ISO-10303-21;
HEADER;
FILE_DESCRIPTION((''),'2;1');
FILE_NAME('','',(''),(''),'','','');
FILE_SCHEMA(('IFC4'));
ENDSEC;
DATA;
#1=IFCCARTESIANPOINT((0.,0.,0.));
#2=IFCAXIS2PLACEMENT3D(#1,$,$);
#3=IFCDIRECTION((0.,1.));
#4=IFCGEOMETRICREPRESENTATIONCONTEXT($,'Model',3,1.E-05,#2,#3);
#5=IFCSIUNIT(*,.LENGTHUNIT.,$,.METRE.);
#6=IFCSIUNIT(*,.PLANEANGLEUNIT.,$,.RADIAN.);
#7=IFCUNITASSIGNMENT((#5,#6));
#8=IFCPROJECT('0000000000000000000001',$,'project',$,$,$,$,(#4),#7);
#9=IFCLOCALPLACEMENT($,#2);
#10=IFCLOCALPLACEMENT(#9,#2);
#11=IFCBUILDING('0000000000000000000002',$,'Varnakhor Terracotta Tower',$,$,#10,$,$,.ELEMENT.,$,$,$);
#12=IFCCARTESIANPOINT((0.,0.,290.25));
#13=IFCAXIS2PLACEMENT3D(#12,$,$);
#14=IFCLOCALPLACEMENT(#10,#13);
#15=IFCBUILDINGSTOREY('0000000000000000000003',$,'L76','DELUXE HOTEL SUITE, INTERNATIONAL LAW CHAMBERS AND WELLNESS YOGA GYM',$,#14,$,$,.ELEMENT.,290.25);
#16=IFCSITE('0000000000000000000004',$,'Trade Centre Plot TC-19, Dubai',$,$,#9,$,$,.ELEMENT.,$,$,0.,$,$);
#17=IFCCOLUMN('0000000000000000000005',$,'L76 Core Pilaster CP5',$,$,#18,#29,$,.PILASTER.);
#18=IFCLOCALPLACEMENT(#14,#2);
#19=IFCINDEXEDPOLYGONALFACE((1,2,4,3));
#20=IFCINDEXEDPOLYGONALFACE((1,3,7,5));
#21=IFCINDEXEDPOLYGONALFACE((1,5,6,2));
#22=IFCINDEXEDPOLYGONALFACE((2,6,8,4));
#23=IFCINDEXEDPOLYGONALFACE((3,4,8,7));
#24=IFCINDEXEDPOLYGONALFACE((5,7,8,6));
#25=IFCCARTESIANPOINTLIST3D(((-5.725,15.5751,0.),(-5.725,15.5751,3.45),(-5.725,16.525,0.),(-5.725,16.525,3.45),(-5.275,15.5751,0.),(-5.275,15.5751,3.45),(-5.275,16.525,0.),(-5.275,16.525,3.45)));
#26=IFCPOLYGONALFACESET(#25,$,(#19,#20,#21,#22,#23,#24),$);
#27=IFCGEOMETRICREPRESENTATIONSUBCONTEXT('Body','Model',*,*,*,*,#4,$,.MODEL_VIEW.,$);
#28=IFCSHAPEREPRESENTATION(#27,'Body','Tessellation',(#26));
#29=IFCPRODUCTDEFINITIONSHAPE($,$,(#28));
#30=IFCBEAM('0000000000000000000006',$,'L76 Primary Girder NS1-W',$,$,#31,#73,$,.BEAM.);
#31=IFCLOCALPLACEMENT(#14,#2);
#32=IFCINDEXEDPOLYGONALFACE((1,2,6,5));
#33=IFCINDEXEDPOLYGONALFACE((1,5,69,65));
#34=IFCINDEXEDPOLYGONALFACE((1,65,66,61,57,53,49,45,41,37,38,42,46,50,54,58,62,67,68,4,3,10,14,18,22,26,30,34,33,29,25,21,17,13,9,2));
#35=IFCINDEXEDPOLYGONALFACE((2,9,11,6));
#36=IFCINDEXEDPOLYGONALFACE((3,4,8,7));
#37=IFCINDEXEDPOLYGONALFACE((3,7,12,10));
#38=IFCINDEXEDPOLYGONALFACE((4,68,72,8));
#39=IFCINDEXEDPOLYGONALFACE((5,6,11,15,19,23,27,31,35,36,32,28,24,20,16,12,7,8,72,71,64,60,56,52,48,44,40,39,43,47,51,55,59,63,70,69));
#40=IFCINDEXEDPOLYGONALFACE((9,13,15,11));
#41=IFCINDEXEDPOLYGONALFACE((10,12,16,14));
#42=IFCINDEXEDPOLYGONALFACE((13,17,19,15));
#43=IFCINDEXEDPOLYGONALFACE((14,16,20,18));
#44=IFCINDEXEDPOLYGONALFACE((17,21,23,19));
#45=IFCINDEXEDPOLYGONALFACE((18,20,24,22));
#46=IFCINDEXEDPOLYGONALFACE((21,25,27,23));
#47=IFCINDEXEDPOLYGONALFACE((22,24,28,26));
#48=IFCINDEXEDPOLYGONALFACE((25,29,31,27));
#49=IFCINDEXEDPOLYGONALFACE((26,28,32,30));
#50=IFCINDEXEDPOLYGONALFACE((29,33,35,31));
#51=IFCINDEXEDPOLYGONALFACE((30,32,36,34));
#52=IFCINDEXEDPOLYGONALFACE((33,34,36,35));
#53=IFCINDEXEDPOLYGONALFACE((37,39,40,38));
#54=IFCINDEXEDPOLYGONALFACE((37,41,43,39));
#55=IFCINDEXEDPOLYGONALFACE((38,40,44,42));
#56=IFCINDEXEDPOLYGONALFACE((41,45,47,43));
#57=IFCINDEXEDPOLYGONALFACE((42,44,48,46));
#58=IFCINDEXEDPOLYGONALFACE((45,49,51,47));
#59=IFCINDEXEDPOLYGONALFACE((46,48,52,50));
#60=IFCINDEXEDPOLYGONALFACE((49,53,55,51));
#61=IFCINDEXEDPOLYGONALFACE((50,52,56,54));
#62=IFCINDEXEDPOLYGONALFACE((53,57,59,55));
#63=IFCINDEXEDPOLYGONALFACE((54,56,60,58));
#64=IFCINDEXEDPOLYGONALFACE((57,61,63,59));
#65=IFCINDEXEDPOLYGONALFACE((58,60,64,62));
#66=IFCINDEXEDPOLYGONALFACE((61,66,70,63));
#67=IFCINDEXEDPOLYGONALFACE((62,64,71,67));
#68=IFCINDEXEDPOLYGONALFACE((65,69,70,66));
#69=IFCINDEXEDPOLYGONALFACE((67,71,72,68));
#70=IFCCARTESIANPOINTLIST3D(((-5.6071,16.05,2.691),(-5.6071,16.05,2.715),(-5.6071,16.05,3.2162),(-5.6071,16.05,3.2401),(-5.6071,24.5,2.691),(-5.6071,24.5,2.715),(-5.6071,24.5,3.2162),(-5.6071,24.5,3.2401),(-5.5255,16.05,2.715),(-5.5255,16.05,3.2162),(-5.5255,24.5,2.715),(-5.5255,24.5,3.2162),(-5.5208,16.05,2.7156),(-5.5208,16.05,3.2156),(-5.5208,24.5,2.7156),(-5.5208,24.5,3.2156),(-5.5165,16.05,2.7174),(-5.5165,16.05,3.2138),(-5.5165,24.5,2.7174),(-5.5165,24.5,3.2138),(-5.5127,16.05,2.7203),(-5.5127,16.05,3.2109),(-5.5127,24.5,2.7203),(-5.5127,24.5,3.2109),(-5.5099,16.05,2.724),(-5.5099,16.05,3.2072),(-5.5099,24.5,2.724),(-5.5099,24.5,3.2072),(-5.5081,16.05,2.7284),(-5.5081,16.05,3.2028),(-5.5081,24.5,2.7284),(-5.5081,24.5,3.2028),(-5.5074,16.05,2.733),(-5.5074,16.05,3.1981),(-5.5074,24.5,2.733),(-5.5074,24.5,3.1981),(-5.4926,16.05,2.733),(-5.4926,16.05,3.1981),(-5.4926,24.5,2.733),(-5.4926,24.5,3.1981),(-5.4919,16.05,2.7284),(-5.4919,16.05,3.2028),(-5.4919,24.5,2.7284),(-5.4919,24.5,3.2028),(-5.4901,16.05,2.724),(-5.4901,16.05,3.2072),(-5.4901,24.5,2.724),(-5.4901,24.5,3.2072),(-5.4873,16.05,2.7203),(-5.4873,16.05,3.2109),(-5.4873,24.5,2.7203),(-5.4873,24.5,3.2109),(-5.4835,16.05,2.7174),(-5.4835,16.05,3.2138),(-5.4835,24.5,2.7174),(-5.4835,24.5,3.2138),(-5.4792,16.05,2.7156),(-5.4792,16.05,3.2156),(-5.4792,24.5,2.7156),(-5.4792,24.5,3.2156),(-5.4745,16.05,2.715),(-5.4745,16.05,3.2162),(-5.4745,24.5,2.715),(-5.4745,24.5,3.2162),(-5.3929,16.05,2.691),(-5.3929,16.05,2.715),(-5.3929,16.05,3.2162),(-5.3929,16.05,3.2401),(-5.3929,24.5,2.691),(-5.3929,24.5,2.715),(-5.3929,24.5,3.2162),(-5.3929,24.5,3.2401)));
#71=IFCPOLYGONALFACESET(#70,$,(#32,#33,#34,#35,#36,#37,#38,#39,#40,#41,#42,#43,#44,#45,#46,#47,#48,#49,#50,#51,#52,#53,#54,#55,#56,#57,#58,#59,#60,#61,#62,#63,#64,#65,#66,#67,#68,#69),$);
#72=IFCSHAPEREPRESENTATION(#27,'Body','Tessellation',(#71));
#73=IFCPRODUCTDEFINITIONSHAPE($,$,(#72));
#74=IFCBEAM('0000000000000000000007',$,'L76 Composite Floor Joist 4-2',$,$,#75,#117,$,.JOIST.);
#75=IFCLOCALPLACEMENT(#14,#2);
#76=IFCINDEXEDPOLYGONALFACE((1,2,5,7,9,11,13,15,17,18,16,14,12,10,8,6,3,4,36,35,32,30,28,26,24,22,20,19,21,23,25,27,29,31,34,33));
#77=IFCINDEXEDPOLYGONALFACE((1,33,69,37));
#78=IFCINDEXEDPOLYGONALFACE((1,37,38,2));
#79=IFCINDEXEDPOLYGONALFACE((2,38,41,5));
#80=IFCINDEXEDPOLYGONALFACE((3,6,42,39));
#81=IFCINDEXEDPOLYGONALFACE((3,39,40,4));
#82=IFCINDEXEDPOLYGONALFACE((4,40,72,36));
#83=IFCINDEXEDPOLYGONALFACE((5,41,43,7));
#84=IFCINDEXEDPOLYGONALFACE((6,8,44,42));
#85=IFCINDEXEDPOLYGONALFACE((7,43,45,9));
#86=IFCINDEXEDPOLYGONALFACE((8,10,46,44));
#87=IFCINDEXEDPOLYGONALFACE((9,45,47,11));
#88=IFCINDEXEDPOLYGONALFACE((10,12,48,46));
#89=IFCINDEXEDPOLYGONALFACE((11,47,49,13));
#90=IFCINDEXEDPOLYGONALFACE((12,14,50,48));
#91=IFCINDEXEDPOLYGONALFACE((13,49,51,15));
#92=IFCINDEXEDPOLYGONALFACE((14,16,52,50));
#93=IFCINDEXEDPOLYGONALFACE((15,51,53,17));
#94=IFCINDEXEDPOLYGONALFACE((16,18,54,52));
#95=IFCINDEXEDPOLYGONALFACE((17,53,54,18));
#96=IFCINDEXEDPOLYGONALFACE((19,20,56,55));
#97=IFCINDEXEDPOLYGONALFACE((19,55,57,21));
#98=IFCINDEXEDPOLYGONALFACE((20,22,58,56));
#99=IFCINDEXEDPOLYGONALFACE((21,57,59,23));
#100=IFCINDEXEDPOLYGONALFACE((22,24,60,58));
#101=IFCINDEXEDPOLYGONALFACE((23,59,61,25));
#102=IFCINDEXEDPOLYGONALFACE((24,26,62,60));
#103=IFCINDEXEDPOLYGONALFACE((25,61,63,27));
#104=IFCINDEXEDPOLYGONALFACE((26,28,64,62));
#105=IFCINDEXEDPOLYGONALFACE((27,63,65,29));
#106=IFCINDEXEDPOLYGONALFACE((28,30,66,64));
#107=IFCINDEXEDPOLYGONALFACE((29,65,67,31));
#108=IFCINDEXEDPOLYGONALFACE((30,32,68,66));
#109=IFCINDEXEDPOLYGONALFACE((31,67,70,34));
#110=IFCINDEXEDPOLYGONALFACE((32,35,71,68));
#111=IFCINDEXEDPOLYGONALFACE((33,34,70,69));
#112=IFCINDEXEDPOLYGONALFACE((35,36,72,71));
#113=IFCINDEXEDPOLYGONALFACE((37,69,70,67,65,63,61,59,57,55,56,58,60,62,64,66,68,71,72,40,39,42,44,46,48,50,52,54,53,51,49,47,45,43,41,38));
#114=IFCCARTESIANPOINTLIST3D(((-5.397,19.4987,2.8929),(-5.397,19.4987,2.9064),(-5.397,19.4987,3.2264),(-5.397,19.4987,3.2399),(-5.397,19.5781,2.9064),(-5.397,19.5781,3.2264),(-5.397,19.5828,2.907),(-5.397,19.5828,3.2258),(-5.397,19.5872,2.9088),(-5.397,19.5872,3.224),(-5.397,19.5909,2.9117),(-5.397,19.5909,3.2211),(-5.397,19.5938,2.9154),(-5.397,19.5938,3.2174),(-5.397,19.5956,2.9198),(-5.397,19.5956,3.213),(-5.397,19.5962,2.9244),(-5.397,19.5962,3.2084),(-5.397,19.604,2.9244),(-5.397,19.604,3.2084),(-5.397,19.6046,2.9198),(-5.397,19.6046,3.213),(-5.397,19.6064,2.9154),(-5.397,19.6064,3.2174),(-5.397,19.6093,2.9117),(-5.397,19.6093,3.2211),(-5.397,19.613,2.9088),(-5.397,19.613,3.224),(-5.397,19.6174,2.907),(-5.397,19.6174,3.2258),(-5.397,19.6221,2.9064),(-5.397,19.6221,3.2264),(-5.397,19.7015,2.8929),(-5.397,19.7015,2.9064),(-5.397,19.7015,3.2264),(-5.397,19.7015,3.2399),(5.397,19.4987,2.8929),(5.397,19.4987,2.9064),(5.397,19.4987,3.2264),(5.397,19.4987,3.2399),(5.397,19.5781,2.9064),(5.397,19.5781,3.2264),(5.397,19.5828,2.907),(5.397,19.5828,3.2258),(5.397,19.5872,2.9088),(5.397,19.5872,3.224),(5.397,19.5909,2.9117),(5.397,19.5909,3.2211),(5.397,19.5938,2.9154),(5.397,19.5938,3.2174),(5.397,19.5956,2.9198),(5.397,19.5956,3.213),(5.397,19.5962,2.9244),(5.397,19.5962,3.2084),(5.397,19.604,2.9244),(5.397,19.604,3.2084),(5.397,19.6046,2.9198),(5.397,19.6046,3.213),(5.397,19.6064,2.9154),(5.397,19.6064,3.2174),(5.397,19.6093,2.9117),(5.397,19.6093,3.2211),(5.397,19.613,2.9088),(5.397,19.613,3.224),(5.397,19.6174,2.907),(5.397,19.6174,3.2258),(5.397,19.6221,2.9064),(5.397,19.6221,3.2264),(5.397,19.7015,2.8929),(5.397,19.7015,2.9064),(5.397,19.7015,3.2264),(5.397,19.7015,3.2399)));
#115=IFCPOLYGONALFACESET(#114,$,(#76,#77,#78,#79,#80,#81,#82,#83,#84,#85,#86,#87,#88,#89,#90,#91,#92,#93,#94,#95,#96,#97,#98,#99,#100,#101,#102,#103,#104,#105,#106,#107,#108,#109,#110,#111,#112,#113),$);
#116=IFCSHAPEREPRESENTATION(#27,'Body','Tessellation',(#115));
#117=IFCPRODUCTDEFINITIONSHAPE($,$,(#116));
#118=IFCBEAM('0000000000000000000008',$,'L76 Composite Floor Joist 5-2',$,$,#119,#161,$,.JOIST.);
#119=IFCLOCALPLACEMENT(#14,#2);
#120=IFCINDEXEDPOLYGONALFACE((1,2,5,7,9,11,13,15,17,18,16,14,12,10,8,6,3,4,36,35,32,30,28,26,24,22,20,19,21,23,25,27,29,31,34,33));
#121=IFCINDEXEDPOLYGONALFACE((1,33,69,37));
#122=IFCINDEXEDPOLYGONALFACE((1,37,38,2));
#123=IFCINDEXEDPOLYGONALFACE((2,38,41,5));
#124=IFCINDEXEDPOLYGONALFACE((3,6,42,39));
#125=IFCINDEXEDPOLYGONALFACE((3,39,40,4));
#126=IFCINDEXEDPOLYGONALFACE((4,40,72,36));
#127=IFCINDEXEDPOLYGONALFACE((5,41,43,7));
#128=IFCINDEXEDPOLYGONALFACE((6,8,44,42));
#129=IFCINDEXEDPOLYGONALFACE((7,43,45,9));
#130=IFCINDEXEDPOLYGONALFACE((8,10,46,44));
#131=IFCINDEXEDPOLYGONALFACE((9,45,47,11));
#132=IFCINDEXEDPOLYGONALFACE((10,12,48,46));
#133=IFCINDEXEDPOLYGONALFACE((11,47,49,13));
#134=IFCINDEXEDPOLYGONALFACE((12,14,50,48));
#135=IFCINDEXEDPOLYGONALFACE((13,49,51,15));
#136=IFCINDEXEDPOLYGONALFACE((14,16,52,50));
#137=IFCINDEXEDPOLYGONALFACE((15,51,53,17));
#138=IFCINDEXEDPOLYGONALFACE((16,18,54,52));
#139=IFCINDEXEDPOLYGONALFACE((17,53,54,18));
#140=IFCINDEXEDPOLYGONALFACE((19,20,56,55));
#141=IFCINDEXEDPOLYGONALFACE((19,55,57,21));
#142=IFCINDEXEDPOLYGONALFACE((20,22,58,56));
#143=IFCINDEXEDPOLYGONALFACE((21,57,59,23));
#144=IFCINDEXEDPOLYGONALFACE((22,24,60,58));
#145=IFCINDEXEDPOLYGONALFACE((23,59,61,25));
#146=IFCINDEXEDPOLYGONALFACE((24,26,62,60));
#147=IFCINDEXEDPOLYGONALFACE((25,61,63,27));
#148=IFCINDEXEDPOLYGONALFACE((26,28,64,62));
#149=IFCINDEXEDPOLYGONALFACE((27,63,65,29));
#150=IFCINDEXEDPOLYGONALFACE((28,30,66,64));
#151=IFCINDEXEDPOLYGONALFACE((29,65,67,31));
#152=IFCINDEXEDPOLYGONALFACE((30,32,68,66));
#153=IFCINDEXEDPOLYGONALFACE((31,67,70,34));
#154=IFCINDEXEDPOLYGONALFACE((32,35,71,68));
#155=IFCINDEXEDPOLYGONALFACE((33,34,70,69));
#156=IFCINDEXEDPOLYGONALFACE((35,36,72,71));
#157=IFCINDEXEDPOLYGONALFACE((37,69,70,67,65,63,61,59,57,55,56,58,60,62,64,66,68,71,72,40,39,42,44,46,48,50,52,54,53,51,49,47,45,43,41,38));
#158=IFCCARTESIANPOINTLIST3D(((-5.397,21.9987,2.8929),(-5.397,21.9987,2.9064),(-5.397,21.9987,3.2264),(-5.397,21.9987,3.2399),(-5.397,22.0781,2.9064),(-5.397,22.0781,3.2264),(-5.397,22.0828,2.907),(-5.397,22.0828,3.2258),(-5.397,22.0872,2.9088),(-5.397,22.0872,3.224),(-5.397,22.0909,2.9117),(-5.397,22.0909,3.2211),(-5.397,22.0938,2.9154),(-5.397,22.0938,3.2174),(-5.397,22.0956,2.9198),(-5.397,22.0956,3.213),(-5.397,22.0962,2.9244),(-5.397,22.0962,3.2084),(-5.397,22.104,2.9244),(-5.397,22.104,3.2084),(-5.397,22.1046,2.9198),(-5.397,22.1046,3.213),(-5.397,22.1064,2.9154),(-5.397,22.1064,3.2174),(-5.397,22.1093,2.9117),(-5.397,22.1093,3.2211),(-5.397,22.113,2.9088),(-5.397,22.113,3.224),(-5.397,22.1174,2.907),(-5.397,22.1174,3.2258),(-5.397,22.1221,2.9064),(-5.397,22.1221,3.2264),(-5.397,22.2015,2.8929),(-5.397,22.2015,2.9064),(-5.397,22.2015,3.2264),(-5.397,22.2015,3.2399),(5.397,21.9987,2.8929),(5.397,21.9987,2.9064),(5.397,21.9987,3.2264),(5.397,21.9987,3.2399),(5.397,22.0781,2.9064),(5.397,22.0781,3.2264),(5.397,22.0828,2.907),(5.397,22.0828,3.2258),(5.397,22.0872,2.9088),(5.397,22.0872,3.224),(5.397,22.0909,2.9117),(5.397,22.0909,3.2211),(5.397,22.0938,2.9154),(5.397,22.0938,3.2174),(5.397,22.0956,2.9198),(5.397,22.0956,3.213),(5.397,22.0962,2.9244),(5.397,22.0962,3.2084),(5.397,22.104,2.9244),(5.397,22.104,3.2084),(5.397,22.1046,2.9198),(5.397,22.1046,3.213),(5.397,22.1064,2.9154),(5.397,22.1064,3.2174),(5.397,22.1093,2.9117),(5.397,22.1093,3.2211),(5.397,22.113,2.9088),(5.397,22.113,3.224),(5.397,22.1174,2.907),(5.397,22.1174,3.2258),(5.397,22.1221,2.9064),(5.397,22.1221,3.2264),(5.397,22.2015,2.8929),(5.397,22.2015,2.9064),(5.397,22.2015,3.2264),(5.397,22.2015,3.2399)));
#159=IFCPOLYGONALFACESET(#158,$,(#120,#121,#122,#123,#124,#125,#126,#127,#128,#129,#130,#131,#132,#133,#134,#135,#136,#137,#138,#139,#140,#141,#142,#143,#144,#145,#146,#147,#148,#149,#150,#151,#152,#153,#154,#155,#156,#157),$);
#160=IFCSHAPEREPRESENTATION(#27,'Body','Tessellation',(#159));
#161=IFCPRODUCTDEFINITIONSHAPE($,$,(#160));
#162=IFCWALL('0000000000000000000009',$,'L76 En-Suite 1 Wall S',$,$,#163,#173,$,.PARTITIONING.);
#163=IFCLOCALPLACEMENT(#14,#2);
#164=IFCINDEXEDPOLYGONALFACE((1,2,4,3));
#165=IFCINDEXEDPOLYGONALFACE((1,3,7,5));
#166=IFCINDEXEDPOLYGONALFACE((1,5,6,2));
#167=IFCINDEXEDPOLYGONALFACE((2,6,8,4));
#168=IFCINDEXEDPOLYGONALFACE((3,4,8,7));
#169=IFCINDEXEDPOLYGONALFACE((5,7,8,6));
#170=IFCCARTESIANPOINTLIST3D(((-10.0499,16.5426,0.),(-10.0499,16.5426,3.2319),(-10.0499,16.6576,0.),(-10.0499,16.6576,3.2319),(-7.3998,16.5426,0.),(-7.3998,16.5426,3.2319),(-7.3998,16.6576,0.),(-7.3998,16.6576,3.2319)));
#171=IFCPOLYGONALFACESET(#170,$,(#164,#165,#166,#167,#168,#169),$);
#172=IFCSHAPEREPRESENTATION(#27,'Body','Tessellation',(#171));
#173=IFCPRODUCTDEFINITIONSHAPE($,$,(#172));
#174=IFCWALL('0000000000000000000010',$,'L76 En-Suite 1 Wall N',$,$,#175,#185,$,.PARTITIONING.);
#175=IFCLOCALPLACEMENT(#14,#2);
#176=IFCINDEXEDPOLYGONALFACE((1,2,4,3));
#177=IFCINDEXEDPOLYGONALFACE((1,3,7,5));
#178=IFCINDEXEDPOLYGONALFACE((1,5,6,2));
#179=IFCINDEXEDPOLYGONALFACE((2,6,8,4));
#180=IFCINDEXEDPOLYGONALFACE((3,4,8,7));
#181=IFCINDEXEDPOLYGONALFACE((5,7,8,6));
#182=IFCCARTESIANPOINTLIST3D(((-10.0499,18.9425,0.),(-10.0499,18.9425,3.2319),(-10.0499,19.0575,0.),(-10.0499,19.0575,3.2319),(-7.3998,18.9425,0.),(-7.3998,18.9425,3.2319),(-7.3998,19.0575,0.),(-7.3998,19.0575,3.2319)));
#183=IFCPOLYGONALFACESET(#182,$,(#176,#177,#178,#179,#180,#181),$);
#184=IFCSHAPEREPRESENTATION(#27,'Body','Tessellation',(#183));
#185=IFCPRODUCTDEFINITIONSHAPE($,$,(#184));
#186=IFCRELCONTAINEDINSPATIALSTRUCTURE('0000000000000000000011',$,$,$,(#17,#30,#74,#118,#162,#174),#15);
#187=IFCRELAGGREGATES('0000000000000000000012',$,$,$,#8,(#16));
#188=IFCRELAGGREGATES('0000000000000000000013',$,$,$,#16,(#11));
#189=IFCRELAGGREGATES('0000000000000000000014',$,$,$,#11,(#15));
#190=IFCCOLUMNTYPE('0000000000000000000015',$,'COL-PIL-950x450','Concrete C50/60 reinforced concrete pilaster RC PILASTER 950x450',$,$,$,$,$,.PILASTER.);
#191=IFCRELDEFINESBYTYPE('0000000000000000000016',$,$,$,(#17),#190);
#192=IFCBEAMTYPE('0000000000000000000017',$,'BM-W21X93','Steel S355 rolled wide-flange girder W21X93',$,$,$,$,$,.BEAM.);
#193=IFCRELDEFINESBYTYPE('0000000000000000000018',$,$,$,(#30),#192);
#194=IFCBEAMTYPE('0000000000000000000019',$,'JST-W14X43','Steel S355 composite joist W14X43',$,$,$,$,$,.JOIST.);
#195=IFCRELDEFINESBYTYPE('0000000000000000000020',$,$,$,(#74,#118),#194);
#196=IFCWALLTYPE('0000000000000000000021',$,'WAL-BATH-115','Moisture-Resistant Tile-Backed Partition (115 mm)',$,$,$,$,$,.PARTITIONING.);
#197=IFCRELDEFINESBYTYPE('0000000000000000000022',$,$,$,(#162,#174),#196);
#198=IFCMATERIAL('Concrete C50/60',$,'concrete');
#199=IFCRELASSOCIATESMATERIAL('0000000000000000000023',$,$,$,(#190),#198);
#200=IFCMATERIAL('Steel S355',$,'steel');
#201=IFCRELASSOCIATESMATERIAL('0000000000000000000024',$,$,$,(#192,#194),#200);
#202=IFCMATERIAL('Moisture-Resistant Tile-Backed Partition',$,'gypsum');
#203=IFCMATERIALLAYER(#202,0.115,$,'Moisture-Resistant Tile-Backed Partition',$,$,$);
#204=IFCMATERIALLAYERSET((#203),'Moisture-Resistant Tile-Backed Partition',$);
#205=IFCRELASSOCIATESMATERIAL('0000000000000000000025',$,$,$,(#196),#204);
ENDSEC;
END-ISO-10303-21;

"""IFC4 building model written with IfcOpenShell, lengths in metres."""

from ifc_helpers import new_model, si_unit, direction, frame, frame_2d, origin, origin_2d, place, context, subcontext, project, spatial, rectangle, i_section, extrude, source, transform, mapped, material, layer, layer_set, material_profile, profile_set, type_object, type_shapes, element, save


model = new_model("IFC4")

# Units and contexts
model_context = context("Model", 3, precision=1e-05, world=origin(), true_north=direction((0.0, 1.0)))
body_context = subcontext(model_context, "Body", "Model", "MODEL_VIEW")
ifc_project = project(units=[si_unit("LENGTHUNIT", "METRE"), si_unit("PLANEANGLEUNIT", "RADIAN")], contexts=[model_context])

# Site, building, storey
site_placement = place(None, origin())
site = spatial("IfcSite", under=ifc_project, at=site_placement, Name="Trade Centre Plot TC-19, Dubai", CompositionType="ELEMENT", RefElevation=0.0)
building_placement = place(site_placement, origin())
building = spatial("IfcBuilding", under=site, at=building_placement, Name="Varnakhor Terracotta Tower", CompositionType="ELEMENT")
storey_placement = place(building_placement, frame((0.0, 0.0, 290.25)))
storey = spatial("IfcBuildingStorey", under=building, at=storey_placement, Name="L76", Description="DELUXE HOTEL SUITE, INTERNATIONAL LAW CHAMBERS AND WELLNESS YOGA GYM", CompositionType="ELEMENT", Elevation=290.25)

# Column
ifc_material_1 = material(Name="Concrete C50/60", Category="concrete")
ifc_material_profile_1 = material_profile(ifc_material_1, rectangle(XDim=0.45, YDim=0.95, at=origin_2d()), Name="RC PILASTER 950x450")
ifc_profile_set_1 = profile_set([ifc_material_profile_1], Name="Concrete C50/60")
column_type = type_object("IfcColumnType", Name="COL-PIL-950x450", Description="Concrete C50/60 reinforced concrete pilaster RC PILASTER 950x450", PredefinedType="PILASTER", material=ifc_profile_set_1)
shared_shape_1 = source(origin(), body_context, "Body", "SweptSolid", [
    extrude(rectangle(XDim=0.45, YDim=0.95, at=origin_2d()), origin(), (0.0, 0.0, 1.0), 3.45),
])
column_placement = place(storey_placement, frame((-5.5, 16.05, 0.0), z_axis=(0.0, 0.0, 1.0), x_axis=(1.0, 0.0, 0.0)))
element("IfcColumn", 1, at=column_placement, inside=storey, type_object=column_type, Name="L76 Core Pilaster CP5", PredefinedType="PILASTER", context=body_context, shape_type="MappedRepresentation", body=[
    mapped(shared_shape_1, transform((0.0, 0.0, 0.0), scale=1.0)),
])

# Beams
ifc_material_2 = material(Name="Steel S355", Category="steel")
ifc_material_profile_2 = material_profile(ifc_material_2, i_section(OverallWidth=0.2141, OverallDepth=0.5491, WebThickness=0.0149, FlangeThickness=0.0239, FilletRadius=0.0181, at=origin_2d()), Name="W21X93")
ifc_profile_set_2 = profile_set([ifc_material_profile_2], Name="Steel S355")
beam_type_1 = type_object("IfcBeamType", Name="BM-W21X93", Description="Steel S355 rolled wide-flange girder W21X93", PredefinedType="BEAM", material=ifc_profile_set_2)
shared_shape_2 = source(origin(), body_context, "Body", "SweptSolid", [
    extrude(i_section(OverallWidth=0.2141, OverallDepth=0.5491, WebThickness=0.0149, FlangeThickness=0.0239, FilletRadius=0.0181, at=origin_2d()), origin(), (0.0, 0.0, 1.0), 8.45),
])
type_shapes(beam_type_1, [shared_shape_2])
beam_placement = place(storey_placement, frame((-5.5, 16.05, 2.9656), z_axis=(0.0, 1.0, 0.0), x_axis=(-1.0, 0.0, 0.0)))
element("IfcBeam", 2, at=beam_placement, inside=storey, type_object=beam_type_1, Name="L76 Primary Girder NS1-W", PredefinedType="BEAM", context=body_context, shape_type="MappedRepresentation", body=[
    mapped(shared_shape_2, transform((0.0, 0.0, 0.0), scale=1.0)),
])
ifc_material_profile_3 = material_profile(ifc_material_2, i_section(OverallWidth=0.2029, OverallDepth=0.3469, WebThickness=0.0078, FlangeThickness=0.0134, FilletRadius=0.0181, at=origin_2d()), Name="W14X43")
ifc_profile_set_3 = profile_set([ifc_material_profile_3], Name="Steel S355")
beam_type_2 = type_object("IfcBeamType", Name="JST-W14X43", Description="Steel S355 composite joist W14X43", PredefinedType="JOIST", material=ifc_profile_set_3)
shared_shape_3 = source(origin(), body_context, "Body", "SweptSolid", [
    extrude(i_section(OverallWidth=0.2029, OverallDepth=0.3469, WebThickness=0.0078, FlangeThickness=0.0134, FilletRadius=0.0181, at=origin_2d()), origin(), (0.0, 0.0, 1.0), 10.7939),
])
for number, where, z_axis, x_axis, name in (
    (3, (-5.397, 19.6001, 3.0664), (1.0, 0.0, 0.0), (0.0, 1.0, 0.0), "L76 Composite Floor Joist 4-2"),
    (4, (-5.397, 22.1001, 3.0664), (1.0, 0.0, 0.0), (0.0, 1.0, 0.0), "L76 Composite Floor Joist 5-2"),
):
    element("IfcBeam", number, at=place(storey_placement, frame(where, z_axis=z_axis, x_axis=x_axis)), inside=storey, type_object=beam_type_2, Name=name, PredefinedType="JOIST", context=body_context, shape_type="MappedRepresentation", body=[
        mapped(shared_shape_3, transform((0.0, 0.0, 0.0), scale=1.0)),
    ])

# Walls
ifc_material_3 = material(Name="Moisture-Resistant Tile-Backed Partition", Category="gypsum")
ifc_layer_1 = layer(ifc_material_3, 0.115, Name="Moisture-Resistant Tile-Backed Partition")
ifc_layer_set_1 = layer_set([ifc_layer_1], Name="Moisture-Resistant Tile-Backed Partition")
wall_type_1 = type_object("IfcWallType", Name="WAL-BATH-115", Description="Moisture-Resistant Tile-Backed Partition (115 mm)", PredefinedType="PARTITIONING", material=ifc_layer_set_1)
for number, where, z_axis, x_axis, name in (
    (5, (-10.05, 16.6001, 0.0), (0.0, 0.0, 1.0), (1.0, 0.0, 0.0), "L76 En-Suite 1 Wall S"),
    (6, (-10.05, 19.0, 0.0), (0.0, 0.0, 1.0), (1.0, 0.0, 0.0), "L76 En-Suite 1 Wall N"),
):
    element("IfcWall", number, at=place(storey_placement, frame(where, z_axis=z_axis, x_axis=x_axis)), inside=storey, type_object=wall_type_1, Name=name, PredefinedType="PARTITIONING", context=body_context, shape_type="SweptSolid", body=[
        extrude(rectangle(XDim=2.6501, YDim=0.115, at=frame_2d((1.3252, 0.0))), origin(), (0.0, 0.0, 1.0), 3.2319),
    ])

save(model, "model.ifc")
